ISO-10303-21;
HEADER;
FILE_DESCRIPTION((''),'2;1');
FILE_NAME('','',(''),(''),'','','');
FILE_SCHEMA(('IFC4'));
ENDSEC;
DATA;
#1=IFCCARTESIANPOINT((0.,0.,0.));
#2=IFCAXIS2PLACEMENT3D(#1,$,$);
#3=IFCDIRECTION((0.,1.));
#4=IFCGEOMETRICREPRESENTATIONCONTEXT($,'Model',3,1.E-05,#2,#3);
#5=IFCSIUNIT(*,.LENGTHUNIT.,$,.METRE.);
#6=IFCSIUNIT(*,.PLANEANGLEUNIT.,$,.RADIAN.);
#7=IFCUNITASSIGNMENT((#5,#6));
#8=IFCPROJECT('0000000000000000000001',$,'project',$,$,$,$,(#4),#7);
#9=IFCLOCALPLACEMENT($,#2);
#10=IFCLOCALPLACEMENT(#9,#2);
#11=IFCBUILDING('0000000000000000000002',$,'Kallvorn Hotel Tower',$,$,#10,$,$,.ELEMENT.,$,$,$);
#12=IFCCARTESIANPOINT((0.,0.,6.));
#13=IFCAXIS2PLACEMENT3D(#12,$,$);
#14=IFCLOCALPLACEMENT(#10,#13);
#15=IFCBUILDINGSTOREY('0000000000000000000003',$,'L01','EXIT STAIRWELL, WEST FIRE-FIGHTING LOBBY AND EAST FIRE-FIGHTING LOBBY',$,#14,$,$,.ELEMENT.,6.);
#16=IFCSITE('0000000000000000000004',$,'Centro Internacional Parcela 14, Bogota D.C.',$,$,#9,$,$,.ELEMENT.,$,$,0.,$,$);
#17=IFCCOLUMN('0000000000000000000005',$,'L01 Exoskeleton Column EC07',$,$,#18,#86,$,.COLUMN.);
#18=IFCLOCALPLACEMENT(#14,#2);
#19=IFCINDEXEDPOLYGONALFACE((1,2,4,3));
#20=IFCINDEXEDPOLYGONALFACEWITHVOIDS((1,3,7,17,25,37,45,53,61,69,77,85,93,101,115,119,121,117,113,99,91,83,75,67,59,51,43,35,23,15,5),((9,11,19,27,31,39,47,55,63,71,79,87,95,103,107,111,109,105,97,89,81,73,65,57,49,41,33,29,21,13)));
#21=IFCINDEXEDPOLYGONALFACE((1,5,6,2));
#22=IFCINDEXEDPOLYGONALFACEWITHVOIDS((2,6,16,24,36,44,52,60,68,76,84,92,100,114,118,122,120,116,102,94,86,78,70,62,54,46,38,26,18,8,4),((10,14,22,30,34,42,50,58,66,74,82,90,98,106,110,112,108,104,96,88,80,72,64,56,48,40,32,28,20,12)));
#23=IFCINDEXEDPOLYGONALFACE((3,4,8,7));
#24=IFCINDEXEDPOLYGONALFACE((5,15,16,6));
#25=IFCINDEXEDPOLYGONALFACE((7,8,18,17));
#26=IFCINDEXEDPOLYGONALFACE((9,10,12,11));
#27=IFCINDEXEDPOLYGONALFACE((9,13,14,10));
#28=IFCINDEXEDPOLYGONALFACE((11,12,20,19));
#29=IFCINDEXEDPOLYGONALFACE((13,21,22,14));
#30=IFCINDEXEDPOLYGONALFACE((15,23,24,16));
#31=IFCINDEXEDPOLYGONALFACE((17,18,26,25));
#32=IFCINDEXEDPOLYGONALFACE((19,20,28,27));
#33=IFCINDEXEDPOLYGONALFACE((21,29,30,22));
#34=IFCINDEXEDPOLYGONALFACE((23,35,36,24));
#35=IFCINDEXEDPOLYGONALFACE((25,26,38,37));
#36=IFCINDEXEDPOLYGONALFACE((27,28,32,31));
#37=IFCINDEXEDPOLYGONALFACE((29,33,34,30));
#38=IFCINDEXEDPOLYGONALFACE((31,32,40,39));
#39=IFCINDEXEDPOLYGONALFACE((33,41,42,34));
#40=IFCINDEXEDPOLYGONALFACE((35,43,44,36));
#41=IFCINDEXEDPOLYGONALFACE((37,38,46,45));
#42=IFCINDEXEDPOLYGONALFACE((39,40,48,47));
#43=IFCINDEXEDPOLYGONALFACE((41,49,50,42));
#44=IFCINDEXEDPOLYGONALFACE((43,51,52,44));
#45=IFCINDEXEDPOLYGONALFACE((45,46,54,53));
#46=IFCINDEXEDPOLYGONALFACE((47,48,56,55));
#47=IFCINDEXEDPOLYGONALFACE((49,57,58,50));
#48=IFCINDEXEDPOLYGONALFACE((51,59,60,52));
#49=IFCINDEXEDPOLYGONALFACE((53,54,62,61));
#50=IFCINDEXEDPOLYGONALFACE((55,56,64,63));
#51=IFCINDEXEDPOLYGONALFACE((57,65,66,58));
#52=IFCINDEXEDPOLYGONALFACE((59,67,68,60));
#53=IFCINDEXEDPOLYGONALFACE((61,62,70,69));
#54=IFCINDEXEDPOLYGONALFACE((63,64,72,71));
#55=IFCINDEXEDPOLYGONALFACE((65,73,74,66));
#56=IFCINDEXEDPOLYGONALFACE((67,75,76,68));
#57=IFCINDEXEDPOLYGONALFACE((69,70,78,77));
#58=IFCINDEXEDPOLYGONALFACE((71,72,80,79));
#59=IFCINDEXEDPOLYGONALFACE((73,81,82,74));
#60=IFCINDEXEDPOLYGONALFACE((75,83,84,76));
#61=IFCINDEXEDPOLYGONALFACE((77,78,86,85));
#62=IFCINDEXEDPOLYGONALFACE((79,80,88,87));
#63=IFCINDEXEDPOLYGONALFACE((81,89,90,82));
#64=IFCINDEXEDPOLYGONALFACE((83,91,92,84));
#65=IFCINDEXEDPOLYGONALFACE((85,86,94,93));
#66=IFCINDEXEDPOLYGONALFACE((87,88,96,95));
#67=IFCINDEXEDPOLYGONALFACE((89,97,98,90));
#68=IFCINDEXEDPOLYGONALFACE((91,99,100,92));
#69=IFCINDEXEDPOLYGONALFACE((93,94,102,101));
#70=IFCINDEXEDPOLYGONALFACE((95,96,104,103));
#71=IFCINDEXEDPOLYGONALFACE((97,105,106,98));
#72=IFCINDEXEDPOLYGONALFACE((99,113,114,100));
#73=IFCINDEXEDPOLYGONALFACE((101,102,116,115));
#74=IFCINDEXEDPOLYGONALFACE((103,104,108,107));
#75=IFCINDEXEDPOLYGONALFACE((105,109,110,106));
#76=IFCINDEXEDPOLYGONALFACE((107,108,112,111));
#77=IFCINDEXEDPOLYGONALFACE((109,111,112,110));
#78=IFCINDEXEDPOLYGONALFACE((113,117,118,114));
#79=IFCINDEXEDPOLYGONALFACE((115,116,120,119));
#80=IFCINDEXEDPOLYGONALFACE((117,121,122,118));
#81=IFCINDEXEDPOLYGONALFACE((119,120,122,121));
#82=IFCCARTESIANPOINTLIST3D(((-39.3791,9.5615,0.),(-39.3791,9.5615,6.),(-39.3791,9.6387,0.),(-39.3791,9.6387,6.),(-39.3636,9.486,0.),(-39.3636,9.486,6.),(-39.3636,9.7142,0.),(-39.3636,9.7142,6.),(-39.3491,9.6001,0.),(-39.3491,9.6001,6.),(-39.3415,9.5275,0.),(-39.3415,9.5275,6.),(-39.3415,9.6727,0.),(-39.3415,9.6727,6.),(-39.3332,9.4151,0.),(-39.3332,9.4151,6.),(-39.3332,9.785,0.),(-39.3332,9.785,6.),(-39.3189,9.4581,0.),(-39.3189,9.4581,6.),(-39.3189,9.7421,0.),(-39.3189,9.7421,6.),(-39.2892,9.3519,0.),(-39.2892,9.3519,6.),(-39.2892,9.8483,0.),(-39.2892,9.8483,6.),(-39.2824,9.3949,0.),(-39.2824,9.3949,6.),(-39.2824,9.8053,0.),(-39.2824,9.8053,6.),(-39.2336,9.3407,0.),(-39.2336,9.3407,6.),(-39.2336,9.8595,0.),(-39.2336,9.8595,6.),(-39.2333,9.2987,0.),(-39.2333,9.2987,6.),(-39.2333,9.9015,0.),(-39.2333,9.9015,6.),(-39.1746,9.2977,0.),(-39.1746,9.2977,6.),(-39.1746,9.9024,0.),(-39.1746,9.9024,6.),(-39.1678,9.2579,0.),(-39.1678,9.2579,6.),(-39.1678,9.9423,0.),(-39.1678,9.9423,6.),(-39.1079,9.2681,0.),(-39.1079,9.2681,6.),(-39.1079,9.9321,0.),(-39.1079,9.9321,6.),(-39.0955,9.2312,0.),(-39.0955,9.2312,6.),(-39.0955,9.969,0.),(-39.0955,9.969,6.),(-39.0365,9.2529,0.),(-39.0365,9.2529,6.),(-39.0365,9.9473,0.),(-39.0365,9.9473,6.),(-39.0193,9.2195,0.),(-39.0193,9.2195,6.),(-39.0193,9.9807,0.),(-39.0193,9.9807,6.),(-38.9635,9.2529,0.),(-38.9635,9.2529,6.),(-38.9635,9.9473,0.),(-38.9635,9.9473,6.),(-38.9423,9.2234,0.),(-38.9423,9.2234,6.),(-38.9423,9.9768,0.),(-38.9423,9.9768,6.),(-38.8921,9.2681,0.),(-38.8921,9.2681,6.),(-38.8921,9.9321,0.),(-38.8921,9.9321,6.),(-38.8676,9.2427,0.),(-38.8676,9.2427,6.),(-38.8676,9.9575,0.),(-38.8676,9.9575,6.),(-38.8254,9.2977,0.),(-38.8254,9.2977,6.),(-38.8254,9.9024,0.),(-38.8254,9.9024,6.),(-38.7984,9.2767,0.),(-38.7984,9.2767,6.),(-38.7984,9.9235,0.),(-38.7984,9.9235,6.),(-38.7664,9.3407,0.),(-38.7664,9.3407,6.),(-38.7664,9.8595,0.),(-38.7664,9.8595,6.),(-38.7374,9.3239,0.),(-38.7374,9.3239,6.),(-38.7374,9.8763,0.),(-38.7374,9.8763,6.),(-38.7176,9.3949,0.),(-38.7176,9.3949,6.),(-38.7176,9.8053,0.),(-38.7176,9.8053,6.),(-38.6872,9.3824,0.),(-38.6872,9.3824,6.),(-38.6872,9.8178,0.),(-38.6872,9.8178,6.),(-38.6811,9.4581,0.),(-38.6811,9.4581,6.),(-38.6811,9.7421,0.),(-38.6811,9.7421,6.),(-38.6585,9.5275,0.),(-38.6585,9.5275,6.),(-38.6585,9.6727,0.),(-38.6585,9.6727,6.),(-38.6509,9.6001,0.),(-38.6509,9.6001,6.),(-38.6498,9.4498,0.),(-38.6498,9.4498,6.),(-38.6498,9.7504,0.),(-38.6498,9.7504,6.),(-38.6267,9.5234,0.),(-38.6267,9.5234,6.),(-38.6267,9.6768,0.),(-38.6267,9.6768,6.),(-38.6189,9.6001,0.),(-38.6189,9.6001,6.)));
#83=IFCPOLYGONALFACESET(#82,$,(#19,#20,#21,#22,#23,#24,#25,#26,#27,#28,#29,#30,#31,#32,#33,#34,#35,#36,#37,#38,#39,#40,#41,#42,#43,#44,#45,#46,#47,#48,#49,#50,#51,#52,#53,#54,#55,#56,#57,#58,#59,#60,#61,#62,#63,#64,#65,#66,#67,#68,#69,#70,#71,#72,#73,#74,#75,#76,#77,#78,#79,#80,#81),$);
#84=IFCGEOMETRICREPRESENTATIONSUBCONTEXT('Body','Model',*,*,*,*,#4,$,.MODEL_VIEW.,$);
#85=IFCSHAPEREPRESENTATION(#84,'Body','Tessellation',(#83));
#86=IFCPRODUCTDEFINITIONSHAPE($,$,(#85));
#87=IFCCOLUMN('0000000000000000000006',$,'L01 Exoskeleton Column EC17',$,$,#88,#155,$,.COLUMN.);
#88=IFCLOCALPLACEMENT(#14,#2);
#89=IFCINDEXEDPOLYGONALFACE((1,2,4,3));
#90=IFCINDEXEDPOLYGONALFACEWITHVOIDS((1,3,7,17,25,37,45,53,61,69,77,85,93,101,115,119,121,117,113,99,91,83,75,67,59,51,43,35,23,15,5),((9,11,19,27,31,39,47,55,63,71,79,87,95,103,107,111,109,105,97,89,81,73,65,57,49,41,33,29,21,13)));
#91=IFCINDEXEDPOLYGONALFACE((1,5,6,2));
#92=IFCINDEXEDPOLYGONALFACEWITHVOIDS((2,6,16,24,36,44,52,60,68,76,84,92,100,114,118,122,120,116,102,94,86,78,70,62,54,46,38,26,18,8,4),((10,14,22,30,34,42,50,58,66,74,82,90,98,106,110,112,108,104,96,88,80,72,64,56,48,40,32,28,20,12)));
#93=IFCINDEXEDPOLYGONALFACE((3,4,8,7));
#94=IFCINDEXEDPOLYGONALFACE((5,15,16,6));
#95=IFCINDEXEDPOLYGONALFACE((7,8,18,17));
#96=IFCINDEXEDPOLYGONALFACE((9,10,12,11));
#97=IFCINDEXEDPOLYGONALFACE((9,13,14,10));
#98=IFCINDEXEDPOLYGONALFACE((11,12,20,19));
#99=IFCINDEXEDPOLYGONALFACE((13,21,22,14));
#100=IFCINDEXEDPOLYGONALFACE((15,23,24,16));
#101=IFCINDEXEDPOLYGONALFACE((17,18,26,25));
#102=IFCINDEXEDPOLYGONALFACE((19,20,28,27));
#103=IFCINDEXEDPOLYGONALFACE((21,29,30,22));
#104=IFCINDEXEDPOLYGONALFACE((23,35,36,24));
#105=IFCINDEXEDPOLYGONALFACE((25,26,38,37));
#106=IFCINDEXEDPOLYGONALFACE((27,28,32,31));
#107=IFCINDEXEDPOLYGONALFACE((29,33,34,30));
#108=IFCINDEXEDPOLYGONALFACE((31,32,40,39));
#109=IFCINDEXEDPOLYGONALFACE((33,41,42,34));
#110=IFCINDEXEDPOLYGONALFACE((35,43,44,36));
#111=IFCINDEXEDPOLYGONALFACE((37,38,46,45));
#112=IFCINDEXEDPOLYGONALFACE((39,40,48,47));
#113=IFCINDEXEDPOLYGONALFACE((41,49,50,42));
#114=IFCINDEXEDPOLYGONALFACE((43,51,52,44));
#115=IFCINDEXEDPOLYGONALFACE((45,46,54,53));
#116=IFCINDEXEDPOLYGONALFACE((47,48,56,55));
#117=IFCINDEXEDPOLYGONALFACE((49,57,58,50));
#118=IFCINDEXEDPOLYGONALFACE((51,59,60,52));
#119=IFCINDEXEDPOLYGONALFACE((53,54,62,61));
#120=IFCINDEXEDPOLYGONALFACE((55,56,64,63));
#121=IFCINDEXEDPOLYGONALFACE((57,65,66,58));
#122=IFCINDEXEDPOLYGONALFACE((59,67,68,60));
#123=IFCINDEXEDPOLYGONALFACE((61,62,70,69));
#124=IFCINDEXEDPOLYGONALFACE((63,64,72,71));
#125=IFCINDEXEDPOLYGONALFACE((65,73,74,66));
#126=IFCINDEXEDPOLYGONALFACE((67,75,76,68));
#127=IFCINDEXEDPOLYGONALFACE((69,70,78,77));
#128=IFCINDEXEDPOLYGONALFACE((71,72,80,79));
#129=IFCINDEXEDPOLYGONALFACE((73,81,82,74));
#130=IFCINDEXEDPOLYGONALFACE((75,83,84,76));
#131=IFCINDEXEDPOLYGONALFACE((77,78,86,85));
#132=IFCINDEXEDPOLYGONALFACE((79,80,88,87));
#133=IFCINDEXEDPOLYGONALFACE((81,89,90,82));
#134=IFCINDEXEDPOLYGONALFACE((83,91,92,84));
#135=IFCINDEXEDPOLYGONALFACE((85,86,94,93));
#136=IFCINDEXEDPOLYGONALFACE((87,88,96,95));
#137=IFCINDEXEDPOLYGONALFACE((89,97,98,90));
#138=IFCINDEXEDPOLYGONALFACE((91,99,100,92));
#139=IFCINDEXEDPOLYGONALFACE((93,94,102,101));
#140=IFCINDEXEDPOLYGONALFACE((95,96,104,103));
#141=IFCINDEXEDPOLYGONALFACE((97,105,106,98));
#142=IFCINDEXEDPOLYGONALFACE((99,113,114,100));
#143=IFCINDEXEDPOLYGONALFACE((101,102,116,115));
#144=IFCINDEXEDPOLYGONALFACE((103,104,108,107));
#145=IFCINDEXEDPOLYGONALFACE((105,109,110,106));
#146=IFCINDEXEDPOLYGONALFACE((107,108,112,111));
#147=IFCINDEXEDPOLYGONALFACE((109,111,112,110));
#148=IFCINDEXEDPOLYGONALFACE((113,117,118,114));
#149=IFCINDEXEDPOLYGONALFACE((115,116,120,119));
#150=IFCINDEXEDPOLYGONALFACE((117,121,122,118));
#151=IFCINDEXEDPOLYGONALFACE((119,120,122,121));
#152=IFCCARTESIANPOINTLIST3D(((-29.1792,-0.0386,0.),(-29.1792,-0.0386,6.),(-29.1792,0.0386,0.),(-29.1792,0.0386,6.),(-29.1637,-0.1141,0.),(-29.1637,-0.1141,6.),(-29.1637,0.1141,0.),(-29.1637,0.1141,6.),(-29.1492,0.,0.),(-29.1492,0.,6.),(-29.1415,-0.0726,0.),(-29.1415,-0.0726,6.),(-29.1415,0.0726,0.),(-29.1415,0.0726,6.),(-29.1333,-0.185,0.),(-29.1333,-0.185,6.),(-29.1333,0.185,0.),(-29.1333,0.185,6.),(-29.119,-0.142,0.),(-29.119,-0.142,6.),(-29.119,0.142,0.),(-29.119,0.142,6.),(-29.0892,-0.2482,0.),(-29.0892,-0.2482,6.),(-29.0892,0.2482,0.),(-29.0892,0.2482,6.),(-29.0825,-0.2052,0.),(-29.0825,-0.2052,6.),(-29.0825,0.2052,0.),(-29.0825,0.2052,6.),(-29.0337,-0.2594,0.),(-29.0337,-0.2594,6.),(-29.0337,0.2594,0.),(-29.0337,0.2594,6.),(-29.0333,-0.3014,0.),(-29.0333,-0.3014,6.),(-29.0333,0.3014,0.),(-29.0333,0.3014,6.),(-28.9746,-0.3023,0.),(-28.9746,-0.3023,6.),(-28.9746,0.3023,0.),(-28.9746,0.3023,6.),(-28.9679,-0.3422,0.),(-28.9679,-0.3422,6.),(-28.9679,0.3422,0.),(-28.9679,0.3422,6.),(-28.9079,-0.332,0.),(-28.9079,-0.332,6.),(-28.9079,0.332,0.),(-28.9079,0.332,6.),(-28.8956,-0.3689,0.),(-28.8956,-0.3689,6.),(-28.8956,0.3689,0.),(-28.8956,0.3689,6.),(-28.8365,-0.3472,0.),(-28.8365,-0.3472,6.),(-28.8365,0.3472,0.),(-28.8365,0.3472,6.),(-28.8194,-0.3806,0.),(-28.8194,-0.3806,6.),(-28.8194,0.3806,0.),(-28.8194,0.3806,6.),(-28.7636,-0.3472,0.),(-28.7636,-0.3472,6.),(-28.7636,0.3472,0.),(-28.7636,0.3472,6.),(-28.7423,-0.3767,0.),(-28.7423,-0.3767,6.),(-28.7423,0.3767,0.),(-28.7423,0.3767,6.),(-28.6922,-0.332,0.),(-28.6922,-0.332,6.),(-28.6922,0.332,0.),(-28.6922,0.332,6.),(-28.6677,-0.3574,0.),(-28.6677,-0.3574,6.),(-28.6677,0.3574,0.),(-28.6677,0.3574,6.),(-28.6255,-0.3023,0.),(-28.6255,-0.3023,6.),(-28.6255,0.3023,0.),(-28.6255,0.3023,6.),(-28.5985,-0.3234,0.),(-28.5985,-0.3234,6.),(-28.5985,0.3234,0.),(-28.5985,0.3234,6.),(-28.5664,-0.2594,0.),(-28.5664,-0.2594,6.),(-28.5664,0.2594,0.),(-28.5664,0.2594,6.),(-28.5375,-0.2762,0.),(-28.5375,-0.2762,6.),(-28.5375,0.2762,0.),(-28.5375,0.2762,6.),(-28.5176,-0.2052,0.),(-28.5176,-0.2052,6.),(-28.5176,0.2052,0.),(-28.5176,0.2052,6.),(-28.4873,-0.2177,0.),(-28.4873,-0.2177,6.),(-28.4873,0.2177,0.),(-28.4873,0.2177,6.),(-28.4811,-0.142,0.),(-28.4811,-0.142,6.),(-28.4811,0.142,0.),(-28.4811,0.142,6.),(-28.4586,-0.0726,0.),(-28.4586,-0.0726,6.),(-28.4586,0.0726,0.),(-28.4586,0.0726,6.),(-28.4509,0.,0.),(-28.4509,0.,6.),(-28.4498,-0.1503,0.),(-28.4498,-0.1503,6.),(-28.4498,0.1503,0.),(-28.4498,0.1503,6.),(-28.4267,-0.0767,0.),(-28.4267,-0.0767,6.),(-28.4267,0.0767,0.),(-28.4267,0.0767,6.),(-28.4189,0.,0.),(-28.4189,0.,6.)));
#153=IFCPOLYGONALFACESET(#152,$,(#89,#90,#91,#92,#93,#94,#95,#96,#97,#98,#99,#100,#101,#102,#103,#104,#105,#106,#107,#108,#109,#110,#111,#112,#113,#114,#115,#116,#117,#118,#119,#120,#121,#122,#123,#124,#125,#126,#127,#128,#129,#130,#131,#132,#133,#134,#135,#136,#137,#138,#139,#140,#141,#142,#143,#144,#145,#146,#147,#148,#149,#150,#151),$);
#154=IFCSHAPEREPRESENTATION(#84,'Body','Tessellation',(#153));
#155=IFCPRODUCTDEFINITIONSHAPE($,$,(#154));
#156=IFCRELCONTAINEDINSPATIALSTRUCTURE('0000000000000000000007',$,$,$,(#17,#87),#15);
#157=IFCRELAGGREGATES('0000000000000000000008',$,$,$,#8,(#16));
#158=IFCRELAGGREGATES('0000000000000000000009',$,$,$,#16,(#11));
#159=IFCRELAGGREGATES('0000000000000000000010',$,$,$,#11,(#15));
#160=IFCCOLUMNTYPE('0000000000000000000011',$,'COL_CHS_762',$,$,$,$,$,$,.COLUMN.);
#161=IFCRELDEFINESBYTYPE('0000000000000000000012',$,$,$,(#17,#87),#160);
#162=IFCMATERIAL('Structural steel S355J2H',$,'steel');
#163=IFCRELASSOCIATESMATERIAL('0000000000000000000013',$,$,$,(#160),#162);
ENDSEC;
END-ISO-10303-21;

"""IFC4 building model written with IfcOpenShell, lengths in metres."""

from ifc_helpers import new_model, si_unit, direction, frame, origin, origin_2d, place, context, subcontext, project, spatial, hollow_circle, extrude, material, material_profile, profile_set, type_object, element, save


model = new_model("IFC4")

# Units and contexts
model_context = context("Model", 3, precision=1e-05, world=origin(), true_north=direction((0.0, 1.0)))
body_context = subcontext(model_context, "Body", "Model", "MODEL_VIEW")
ifc_project = project(units=[si_unit("LENGTHUNIT", "METRE"), si_unit("PLANEANGLEUNIT", "RADIAN")], contexts=[model_context])

# Site, building, storey
site_placement = place(None, origin())
site = spatial("IfcSite", under=ifc_project, at=site_placement, Name="Centro Internacional Parcela 14, Bogota D.C.", CompositionType="ELEMENT", RefElevation=0.0)
building_placement = place(site_placement, origin())
building = spatial("IfcBuilding", under=site, at=building_placement, Name="Kallvorn Hotel Tower", CompositionType="ELEMENT")
storey_placement = place(building_placement, frame((0.0, 0.0, 6.0)))
storey = spatial("IfcBuildingStorey", under=building, at=storey_placement, Name="L01", Description="EXIT STAIRWELL, WEST FIRE-FIGHTING LOBBY AND EAST FIRE-FIGHTING LOBBY", CompositionType="ELEMENT", Elevation=6.0)

# Columns
ifc_material_1 = material(Name="Structural steel S355J2H", Category="steel")
ifc_material_profile_1 = material_profile(ifc_material_1, hollow_circle(Radius=0.3811, WallThickness=0.032, at=origin_2d()), Name="CHS 762x32")
ifc_profile_set_1 = profile_set([ifc_material_profile_1], Name="Structural steel S355J2H")
column_type = type_object("IfcColumnType", Name="COL_CHS_762", PredefinedType="COLUMN", material=ifc_profile_set_1)
for number, where, z_axis, x_axis, name in (
    (1, (-39.0, 9.6001, 0.0), (0.0, 0.0, 1.0), (1.0, 0.0, 0.0), "L01 Exoskeleton Column EC07"),
    (2, (-28.8, 0.0, 0.0), (0.0, 0.0, 1.0), (1.0, 0.0, 0.0), "L01 Exoskeleton Column EC17"),
):
    element("IfcColumn", number, at=place(storey_placement, frame(where, z_axis=z_axis, x_axis=x_axis)), inside=storey, type_object=column_type, Name=name, PredefinedType="COLUMN", context=body_context, shape_type="SweptSolid", body=[
        extrude(hollow_circle(Radius=0.3811, WallThickness=0.032, at=origin_2d()), origin(), (0.0, 0.0, 1.0), 6.0),
    ])

save(model, "model.ifc")
